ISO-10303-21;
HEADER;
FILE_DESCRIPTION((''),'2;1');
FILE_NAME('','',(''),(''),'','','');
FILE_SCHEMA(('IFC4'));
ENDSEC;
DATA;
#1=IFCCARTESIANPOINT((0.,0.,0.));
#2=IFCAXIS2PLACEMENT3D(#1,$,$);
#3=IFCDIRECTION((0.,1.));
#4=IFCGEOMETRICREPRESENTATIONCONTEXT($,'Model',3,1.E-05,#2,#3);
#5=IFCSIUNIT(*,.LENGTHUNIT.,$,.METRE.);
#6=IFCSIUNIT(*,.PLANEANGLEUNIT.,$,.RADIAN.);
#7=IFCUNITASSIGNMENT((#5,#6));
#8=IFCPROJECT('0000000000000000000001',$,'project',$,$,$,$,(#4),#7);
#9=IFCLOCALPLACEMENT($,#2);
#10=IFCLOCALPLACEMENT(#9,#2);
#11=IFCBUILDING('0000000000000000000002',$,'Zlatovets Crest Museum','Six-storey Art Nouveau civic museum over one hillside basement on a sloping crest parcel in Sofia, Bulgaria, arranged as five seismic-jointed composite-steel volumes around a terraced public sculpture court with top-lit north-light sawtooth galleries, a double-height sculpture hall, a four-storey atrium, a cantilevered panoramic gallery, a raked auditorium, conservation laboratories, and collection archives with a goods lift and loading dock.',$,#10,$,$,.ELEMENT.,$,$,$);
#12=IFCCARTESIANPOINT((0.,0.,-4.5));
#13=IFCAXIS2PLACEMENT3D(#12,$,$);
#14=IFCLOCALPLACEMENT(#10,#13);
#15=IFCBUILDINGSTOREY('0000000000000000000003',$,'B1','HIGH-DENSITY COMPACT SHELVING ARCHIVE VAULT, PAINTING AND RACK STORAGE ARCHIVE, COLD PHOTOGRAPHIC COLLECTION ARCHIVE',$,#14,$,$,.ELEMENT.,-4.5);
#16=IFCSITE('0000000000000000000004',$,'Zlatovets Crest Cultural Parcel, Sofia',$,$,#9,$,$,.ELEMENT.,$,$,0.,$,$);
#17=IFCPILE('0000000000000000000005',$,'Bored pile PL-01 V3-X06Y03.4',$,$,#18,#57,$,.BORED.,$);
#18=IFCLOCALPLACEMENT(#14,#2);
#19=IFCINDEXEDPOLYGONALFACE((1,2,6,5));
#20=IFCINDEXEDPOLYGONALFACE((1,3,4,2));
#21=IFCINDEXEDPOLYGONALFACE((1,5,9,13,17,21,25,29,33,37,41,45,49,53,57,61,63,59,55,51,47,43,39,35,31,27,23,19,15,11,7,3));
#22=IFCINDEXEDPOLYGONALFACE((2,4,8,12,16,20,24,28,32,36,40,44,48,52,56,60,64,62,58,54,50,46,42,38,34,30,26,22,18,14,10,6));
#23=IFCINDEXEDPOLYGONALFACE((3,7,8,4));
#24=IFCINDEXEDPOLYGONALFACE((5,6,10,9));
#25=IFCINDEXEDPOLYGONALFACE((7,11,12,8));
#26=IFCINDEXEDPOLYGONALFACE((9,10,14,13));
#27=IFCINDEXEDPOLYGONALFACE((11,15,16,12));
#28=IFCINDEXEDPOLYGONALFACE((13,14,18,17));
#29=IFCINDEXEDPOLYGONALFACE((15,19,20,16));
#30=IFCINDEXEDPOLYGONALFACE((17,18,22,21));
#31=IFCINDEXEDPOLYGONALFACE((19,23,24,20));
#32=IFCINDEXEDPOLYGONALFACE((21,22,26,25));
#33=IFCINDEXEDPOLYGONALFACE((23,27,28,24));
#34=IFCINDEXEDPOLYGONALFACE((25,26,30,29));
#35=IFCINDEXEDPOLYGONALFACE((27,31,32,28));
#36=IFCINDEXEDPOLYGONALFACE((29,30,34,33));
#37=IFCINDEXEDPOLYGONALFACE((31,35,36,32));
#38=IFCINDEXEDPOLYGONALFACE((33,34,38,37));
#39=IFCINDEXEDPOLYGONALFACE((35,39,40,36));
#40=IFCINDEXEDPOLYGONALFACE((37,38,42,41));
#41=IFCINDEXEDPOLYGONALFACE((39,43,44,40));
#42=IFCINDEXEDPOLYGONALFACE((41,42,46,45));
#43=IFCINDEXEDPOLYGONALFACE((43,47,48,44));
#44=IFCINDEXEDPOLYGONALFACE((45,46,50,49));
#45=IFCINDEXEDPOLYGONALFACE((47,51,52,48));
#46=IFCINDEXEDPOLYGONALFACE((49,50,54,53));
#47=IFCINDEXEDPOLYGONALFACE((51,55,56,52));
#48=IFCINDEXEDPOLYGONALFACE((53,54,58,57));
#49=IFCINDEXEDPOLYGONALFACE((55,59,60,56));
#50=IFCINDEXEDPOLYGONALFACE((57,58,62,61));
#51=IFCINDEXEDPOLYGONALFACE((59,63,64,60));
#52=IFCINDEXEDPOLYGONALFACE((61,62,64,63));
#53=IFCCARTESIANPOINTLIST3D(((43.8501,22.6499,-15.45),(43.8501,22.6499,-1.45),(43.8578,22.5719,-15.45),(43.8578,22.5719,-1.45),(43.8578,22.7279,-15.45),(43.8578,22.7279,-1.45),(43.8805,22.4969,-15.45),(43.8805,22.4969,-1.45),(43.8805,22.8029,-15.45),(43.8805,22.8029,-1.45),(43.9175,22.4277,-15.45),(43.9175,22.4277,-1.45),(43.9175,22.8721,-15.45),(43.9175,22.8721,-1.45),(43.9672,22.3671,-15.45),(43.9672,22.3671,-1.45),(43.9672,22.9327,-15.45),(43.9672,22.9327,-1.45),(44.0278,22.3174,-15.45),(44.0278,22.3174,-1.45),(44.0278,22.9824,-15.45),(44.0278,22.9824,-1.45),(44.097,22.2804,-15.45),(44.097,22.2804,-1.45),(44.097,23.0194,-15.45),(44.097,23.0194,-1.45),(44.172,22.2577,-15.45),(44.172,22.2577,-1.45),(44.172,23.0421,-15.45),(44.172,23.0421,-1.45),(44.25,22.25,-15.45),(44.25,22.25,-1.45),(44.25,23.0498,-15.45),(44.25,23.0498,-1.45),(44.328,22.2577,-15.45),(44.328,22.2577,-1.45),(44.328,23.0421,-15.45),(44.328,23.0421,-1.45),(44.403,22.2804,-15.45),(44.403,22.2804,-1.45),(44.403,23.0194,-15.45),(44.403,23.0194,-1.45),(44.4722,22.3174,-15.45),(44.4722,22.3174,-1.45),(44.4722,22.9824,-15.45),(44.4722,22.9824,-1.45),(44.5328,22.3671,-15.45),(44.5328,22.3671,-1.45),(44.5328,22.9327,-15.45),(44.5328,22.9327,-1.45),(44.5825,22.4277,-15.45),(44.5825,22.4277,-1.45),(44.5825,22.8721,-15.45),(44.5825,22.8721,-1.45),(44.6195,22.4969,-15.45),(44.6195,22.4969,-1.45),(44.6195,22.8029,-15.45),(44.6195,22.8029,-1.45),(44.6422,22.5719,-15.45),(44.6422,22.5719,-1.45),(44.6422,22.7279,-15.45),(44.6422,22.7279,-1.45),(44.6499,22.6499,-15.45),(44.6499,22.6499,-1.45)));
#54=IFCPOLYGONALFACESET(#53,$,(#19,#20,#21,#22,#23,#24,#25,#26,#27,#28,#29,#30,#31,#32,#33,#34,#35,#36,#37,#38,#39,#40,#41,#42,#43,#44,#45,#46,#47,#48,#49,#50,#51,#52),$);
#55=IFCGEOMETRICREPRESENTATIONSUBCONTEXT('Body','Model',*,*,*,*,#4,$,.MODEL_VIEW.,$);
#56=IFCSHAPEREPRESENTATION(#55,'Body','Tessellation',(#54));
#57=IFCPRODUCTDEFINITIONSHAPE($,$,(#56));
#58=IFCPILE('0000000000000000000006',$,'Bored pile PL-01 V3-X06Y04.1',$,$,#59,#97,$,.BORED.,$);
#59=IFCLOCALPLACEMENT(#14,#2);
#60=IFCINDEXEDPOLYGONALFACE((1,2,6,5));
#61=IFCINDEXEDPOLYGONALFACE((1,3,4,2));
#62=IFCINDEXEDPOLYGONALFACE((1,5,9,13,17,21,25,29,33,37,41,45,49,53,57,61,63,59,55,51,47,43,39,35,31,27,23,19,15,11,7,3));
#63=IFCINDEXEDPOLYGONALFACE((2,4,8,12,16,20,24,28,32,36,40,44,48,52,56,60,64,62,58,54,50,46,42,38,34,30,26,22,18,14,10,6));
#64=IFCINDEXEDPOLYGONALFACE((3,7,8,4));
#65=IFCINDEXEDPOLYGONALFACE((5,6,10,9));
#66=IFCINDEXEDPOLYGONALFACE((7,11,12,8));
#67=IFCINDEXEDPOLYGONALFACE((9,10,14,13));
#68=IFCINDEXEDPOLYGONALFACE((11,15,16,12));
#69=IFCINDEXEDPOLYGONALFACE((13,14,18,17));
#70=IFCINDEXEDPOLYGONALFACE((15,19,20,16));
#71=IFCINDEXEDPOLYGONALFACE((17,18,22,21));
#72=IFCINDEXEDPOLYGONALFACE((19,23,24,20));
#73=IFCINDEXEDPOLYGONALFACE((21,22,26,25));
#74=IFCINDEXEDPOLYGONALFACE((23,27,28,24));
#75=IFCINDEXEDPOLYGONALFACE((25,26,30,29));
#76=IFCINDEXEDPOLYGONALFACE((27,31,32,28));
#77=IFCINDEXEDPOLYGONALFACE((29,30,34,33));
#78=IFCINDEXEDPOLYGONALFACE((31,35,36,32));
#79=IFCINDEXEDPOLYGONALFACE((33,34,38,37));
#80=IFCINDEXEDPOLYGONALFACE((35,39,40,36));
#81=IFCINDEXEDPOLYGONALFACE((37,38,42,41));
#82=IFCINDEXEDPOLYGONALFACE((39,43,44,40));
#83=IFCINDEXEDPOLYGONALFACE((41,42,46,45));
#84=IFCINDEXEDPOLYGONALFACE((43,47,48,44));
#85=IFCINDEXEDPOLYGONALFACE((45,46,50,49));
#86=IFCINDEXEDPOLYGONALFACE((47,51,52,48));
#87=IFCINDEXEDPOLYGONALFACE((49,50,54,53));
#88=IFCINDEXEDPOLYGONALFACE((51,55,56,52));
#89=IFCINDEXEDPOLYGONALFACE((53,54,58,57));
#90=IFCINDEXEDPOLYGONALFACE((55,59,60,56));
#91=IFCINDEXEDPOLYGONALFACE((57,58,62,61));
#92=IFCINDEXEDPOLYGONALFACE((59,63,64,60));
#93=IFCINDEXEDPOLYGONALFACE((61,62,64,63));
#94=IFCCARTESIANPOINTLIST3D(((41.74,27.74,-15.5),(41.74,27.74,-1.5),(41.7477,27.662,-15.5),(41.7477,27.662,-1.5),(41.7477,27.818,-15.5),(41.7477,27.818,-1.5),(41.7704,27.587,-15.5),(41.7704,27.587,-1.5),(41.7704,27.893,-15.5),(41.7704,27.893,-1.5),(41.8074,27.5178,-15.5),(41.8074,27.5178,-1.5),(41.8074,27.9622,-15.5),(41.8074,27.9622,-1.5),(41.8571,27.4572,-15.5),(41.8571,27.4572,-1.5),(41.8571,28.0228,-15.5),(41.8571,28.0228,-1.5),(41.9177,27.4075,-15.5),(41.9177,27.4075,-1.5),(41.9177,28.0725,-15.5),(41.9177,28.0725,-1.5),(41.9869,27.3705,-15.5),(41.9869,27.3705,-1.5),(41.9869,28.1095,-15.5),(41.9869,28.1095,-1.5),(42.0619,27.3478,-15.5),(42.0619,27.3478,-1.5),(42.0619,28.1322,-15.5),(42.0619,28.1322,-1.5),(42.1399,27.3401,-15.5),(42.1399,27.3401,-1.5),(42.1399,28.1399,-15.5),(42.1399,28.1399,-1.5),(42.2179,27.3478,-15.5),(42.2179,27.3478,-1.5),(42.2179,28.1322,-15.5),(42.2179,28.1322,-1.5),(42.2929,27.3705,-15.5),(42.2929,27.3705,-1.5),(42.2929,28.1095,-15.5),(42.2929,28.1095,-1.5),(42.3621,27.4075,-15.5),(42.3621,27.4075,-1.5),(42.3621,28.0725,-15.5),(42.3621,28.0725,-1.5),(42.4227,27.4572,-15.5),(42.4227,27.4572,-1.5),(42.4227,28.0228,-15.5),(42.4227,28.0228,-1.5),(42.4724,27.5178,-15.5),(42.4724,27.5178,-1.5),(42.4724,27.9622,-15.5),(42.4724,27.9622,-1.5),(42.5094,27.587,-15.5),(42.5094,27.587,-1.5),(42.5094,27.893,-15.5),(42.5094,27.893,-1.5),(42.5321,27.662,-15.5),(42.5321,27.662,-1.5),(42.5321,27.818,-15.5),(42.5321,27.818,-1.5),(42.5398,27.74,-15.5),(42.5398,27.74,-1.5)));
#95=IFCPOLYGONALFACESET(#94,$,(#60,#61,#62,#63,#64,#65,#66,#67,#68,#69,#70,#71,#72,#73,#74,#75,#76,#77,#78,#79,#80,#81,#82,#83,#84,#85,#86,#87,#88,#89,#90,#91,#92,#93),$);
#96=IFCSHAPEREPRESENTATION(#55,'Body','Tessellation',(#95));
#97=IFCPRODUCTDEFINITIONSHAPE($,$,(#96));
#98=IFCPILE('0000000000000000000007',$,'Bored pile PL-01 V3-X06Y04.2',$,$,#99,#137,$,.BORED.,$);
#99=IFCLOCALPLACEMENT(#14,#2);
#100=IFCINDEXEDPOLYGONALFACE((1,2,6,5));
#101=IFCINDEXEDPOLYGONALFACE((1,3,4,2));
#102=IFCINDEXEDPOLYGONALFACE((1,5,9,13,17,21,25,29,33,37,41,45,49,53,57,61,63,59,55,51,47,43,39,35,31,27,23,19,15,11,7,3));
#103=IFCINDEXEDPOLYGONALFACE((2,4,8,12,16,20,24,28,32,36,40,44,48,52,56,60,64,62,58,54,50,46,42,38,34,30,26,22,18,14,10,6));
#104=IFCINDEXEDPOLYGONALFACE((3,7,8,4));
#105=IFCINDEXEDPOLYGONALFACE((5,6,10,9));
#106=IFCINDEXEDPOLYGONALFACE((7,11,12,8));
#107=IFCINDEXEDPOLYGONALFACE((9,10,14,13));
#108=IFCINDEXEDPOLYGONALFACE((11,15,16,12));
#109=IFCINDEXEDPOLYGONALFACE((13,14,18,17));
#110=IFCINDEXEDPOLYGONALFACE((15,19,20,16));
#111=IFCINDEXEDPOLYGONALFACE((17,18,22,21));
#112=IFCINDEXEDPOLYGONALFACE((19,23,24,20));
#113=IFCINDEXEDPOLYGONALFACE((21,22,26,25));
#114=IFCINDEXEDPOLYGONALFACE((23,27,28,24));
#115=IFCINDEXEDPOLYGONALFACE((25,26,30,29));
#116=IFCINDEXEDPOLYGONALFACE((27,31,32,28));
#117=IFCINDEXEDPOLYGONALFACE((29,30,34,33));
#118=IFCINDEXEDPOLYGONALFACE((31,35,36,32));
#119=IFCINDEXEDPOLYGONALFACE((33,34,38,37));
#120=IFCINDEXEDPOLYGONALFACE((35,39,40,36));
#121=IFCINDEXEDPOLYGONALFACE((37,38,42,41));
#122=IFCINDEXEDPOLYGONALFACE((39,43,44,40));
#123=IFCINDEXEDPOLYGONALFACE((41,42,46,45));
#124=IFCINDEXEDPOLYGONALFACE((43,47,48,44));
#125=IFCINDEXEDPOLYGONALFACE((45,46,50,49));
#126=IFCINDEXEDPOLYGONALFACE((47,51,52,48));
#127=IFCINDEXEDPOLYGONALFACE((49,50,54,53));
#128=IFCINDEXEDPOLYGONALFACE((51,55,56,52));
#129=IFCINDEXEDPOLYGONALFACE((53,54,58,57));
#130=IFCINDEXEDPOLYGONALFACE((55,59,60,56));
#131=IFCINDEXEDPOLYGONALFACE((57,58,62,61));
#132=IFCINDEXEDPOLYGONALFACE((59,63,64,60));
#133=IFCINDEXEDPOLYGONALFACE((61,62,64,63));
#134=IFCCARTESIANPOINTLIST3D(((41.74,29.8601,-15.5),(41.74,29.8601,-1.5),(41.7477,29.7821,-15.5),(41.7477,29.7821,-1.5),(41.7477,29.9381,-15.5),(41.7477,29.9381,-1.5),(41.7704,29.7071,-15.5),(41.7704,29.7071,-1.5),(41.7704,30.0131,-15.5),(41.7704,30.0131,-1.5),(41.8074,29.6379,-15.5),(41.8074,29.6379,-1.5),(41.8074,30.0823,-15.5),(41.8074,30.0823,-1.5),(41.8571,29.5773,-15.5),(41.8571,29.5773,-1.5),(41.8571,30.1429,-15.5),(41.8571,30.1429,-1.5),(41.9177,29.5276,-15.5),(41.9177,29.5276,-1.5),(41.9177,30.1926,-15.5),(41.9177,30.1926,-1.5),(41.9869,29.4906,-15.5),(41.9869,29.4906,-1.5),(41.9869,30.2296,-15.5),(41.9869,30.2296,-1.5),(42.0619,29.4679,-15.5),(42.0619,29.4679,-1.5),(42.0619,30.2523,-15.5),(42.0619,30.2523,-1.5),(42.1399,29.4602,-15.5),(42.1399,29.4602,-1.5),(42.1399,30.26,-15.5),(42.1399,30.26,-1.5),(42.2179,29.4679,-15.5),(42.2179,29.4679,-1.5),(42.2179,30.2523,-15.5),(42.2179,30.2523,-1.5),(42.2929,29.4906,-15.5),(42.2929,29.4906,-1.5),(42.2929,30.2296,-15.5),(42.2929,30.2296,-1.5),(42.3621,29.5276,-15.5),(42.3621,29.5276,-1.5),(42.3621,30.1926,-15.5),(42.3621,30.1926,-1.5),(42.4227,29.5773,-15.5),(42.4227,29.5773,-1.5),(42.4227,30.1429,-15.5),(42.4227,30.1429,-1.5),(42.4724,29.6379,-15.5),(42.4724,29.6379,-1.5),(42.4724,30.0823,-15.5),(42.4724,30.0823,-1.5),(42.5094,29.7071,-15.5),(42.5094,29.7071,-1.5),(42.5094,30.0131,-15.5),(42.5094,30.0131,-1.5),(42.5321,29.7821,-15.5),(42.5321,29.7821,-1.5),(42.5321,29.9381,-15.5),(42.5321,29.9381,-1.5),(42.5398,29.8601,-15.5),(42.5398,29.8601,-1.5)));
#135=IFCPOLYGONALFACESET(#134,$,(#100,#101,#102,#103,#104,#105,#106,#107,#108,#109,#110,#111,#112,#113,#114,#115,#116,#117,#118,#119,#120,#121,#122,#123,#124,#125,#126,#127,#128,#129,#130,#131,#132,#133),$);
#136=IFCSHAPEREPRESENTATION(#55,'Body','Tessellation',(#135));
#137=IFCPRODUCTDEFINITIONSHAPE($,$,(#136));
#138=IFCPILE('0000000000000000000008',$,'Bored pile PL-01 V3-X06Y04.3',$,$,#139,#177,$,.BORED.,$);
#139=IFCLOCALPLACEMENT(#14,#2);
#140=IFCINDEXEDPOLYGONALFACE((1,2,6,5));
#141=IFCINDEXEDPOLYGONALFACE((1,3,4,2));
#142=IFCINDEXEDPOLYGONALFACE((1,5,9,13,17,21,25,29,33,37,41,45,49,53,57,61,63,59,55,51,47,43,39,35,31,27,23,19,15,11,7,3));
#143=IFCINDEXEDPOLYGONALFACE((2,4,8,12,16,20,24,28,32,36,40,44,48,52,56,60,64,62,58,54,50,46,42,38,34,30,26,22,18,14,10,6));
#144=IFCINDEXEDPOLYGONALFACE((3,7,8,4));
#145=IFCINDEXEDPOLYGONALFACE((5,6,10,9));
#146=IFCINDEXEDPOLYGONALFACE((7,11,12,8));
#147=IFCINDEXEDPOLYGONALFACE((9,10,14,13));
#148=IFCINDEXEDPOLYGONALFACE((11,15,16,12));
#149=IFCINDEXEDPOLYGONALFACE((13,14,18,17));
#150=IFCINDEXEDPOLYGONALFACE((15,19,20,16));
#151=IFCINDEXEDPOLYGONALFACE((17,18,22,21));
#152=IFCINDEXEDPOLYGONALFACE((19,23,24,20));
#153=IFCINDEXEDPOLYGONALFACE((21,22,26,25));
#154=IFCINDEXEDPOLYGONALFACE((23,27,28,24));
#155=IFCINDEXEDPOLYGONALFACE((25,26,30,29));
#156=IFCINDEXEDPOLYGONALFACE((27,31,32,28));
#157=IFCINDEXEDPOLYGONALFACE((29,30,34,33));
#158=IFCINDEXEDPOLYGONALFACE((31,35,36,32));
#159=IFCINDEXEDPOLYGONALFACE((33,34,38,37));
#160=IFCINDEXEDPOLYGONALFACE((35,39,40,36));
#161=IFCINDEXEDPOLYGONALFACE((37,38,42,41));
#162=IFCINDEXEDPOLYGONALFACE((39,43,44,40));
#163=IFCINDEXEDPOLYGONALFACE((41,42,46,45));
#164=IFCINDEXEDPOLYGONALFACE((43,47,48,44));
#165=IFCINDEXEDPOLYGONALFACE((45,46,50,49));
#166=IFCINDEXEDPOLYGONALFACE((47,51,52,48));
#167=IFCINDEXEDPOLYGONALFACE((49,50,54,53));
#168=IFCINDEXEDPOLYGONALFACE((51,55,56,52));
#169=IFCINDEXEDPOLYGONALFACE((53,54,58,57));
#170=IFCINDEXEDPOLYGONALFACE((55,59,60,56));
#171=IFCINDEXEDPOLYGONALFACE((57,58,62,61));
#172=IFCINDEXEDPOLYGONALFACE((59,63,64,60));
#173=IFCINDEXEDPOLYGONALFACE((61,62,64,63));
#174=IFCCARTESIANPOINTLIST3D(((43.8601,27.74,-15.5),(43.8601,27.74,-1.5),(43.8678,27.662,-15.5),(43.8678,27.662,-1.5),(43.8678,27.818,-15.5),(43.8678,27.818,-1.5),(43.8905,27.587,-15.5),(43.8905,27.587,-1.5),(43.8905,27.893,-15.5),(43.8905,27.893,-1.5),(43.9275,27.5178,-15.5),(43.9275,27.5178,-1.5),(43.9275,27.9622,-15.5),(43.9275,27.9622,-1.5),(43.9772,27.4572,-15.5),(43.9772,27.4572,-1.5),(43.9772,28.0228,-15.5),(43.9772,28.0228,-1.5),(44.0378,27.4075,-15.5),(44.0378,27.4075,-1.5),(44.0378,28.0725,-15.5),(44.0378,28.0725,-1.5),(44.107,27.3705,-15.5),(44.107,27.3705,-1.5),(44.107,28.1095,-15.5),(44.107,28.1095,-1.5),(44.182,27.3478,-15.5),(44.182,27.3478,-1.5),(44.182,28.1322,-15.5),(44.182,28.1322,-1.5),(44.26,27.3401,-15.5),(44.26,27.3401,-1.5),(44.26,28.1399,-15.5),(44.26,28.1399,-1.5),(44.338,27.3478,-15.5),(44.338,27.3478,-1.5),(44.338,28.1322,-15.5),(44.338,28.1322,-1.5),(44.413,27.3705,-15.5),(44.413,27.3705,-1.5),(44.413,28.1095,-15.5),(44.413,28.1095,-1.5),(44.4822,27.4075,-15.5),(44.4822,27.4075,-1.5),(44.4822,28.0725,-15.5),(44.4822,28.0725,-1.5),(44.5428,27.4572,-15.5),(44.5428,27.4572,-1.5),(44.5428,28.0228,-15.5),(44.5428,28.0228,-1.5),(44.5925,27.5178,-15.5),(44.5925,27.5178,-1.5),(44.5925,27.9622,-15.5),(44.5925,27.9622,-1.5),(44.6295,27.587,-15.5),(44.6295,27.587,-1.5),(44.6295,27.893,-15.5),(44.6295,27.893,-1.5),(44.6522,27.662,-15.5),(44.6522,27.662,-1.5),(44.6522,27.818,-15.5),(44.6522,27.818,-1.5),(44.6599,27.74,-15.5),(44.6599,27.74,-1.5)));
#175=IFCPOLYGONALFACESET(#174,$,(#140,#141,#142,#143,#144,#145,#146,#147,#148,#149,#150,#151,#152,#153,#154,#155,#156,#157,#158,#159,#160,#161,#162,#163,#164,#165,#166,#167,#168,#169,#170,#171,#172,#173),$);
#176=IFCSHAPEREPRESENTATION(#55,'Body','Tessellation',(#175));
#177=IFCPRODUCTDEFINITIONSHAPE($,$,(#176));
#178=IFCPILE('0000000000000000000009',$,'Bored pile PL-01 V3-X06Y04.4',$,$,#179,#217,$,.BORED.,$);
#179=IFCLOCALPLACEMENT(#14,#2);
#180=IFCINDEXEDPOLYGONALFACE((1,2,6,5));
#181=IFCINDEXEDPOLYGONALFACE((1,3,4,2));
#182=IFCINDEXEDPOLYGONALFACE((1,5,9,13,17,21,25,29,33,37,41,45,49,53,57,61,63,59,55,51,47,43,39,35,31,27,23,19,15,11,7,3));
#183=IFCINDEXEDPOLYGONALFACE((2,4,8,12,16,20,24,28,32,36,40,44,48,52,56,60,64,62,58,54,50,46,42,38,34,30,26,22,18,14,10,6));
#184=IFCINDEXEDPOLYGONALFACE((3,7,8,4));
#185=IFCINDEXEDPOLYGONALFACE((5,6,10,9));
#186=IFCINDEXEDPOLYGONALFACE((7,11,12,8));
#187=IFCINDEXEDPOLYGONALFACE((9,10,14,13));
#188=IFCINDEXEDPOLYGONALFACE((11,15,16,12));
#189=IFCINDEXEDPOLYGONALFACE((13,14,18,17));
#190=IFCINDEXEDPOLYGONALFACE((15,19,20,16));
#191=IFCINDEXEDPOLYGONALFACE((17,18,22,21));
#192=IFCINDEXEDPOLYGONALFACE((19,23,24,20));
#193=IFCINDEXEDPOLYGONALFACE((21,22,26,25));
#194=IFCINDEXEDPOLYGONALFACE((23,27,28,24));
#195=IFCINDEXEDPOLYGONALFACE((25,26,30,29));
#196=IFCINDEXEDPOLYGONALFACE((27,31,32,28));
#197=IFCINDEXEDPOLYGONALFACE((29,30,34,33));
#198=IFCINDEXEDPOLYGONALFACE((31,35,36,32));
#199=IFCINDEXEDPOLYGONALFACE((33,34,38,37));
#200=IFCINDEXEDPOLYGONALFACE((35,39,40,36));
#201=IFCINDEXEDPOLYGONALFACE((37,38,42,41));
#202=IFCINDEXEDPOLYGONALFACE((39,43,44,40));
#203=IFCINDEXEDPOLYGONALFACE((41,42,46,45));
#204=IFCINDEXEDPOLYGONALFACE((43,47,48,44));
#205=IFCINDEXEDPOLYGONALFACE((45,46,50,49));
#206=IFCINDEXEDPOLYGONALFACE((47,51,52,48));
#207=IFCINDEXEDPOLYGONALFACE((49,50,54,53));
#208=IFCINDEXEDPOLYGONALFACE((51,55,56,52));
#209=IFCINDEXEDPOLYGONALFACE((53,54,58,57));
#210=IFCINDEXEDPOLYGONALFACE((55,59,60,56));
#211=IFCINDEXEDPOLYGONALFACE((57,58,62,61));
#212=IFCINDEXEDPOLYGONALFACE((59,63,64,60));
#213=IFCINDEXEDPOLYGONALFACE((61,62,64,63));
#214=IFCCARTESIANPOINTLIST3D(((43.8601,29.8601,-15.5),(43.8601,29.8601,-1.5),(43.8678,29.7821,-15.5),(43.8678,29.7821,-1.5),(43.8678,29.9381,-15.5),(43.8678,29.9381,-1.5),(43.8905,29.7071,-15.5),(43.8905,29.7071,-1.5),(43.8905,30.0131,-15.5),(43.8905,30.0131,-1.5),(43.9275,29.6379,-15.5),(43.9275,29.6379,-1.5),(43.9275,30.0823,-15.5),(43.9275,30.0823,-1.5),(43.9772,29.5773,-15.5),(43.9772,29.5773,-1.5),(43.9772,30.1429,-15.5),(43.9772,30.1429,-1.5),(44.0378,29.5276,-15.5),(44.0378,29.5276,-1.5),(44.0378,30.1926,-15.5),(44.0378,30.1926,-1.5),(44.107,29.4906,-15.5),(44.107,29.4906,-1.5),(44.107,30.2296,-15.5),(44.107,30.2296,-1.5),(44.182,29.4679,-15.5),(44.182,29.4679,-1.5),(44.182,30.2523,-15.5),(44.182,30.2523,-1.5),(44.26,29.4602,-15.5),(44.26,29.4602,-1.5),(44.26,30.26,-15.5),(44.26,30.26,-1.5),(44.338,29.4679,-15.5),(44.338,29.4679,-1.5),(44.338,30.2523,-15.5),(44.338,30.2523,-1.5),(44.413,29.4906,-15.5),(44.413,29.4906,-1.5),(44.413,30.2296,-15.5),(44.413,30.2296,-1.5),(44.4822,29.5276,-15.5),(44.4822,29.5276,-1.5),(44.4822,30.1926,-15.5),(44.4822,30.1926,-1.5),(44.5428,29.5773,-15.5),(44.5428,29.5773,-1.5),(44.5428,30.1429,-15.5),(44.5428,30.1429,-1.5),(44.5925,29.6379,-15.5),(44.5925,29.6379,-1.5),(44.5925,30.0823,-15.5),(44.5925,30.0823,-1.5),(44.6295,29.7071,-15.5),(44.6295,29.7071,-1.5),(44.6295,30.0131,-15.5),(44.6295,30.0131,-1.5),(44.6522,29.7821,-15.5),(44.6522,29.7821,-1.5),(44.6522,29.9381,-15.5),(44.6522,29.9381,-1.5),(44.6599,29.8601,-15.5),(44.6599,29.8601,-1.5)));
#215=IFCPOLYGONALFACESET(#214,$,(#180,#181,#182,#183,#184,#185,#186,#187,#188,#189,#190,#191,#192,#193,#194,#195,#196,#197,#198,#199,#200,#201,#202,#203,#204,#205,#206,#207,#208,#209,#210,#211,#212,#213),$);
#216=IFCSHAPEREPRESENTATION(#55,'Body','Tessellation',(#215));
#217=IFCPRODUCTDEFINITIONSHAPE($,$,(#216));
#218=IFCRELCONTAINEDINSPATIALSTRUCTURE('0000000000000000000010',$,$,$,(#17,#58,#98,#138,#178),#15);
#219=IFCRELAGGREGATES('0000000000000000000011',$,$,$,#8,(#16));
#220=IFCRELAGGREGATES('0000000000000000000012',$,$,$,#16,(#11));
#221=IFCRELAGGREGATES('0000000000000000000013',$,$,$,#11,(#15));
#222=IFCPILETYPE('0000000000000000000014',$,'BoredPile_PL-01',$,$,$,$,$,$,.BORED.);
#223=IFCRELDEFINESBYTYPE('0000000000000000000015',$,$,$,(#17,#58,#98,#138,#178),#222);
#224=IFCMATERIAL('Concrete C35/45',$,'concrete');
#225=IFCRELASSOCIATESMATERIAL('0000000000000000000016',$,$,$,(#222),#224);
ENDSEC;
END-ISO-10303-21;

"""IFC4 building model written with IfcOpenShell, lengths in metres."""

from ifc_helpers import new_model, si_unit, direction, frame, origin, origin_2d, place, context, subcontext, project, spatial, circle, extrude, material, material_profile, profile_set, type_object, element, save


model = new_model("IFC4")

# Units and contexts
model_context = context("Model", 3, precision=1e-05, world=origin(), true_north=direction((0.0, 1.0)))
body_context = subcontext(model_context, "Body", "Model", "MODEL_VIEW")
ifc_project = project(units=[si_unit("LENGTHUNIT", "METRE"), si_unit("PLANEANGLEUNIT", "RADIAN")], contexts=[model_context])

# Site, building, storey
site_placement = place(None, origin())
site = spatial("IfcSite", under=ifc_project, at=site_placement, Name="Zlatovets Crest Cultural Parcel, Sofia", CompositionType="ELEMENT", RefElevation=0.0)
building_placement = place(site_placement, origin())
building = spatial("IfcBuilding", under=site, at=building_placement, Name="Zlatovets Crest Museum", Description="Six-storey Art Nouveau civic museum over one hillside basement on a sloping crest parcel in Sofia, Bulgaria, arranged as five seismic-jointed composite-steel volumes around a terraced public sculpture court with top-lit north-light sawtooth galleries, a double-height sculpture hall, a four-storey atrium, a cantilevered panoramic gallery, a raked auditorium, conservation laboratories, and collection archives with a goods lift and loading dock.", CompositionType="ELEMENT")
storey_placement = place(building_placement, frame((0.0, 0.0, -4.5)))
storey = spatial("IfcBuildingStorey", under=building, at=storey_placement, Name="B1", Description="HIGH-DENSITY COMPACT SHELVING ARCHIVE VAULT, PAINTING AND RACK STORAGE ARCHIVE, COLD PHOTOGRAPHIC COLLECTION ARCHIVE", CompositionType="ELEMENT", Elevation=-4.5)

# Piles
ifc_material_1 = material(Name="Concrete C35/45", Category="concrete")
ifc_material_profile_1 = material_profile(ifc_material_1, circle(Radius=0.3999, at=origin_2d()), Name="PILE D800")
ifc_profile_set_1 = profile_set([ifc_material_profile_1], Name="Concrete C35/45")
pile_type = type_object("IfcPileType", Name="BoredPile_PL-01", PredefinedType="BORED", material=ifc_profile_set_1)
for number, where, z_axis, x_axis, name in (
    (1, (44.25, 22.6499, -1.45), (0.0, 0.0, -1.0), (1.0, 0.0, 0.0), "Bored pile PL-01 V3-X06Y03.4"),
    (2, (42.1399, 27.74, -1.5), (0.0, 0.0, -1.0), (1.0, 0.0, 0.0), "Bored pile PL-01 V3-X06Y04.1"),
    (3, (42.1399, 29.8601, -1.5), (0.0, 0.0, -1.0), (1.0, 0.0, 0.0), "Bored pile PL-01 V3-X06Y04.2"),
    (4, (44.26, 27.74, -1.5), (0.0, 0.0, -1.0), (1.0, 0.0, 0.0), "Bored pile PL-01 V3-X06Y04.3"),
    (5, (44.26, 29.8601, -1.5), (0.0, 0.0, -1.0), (1.0, 0.0, 0.0), "Bored pile PL-01 V3-X06Y04.4"),
):
    element("IfcPile", number, at=place(storey_placement, frame(where, z_axis=z_axis, x_axis=x_axis)), inside=storey, type_object=pile_type, Name=name, PredefinedType="BORED", context=body_context, shape_type="SweptSolid", body=[
        extrude(circle(Radius=0.3999, at=origin_2d()), origin(), (0.0, 0.0, 1.0), 14.0),
    ])

save(model, "model.ifc")
